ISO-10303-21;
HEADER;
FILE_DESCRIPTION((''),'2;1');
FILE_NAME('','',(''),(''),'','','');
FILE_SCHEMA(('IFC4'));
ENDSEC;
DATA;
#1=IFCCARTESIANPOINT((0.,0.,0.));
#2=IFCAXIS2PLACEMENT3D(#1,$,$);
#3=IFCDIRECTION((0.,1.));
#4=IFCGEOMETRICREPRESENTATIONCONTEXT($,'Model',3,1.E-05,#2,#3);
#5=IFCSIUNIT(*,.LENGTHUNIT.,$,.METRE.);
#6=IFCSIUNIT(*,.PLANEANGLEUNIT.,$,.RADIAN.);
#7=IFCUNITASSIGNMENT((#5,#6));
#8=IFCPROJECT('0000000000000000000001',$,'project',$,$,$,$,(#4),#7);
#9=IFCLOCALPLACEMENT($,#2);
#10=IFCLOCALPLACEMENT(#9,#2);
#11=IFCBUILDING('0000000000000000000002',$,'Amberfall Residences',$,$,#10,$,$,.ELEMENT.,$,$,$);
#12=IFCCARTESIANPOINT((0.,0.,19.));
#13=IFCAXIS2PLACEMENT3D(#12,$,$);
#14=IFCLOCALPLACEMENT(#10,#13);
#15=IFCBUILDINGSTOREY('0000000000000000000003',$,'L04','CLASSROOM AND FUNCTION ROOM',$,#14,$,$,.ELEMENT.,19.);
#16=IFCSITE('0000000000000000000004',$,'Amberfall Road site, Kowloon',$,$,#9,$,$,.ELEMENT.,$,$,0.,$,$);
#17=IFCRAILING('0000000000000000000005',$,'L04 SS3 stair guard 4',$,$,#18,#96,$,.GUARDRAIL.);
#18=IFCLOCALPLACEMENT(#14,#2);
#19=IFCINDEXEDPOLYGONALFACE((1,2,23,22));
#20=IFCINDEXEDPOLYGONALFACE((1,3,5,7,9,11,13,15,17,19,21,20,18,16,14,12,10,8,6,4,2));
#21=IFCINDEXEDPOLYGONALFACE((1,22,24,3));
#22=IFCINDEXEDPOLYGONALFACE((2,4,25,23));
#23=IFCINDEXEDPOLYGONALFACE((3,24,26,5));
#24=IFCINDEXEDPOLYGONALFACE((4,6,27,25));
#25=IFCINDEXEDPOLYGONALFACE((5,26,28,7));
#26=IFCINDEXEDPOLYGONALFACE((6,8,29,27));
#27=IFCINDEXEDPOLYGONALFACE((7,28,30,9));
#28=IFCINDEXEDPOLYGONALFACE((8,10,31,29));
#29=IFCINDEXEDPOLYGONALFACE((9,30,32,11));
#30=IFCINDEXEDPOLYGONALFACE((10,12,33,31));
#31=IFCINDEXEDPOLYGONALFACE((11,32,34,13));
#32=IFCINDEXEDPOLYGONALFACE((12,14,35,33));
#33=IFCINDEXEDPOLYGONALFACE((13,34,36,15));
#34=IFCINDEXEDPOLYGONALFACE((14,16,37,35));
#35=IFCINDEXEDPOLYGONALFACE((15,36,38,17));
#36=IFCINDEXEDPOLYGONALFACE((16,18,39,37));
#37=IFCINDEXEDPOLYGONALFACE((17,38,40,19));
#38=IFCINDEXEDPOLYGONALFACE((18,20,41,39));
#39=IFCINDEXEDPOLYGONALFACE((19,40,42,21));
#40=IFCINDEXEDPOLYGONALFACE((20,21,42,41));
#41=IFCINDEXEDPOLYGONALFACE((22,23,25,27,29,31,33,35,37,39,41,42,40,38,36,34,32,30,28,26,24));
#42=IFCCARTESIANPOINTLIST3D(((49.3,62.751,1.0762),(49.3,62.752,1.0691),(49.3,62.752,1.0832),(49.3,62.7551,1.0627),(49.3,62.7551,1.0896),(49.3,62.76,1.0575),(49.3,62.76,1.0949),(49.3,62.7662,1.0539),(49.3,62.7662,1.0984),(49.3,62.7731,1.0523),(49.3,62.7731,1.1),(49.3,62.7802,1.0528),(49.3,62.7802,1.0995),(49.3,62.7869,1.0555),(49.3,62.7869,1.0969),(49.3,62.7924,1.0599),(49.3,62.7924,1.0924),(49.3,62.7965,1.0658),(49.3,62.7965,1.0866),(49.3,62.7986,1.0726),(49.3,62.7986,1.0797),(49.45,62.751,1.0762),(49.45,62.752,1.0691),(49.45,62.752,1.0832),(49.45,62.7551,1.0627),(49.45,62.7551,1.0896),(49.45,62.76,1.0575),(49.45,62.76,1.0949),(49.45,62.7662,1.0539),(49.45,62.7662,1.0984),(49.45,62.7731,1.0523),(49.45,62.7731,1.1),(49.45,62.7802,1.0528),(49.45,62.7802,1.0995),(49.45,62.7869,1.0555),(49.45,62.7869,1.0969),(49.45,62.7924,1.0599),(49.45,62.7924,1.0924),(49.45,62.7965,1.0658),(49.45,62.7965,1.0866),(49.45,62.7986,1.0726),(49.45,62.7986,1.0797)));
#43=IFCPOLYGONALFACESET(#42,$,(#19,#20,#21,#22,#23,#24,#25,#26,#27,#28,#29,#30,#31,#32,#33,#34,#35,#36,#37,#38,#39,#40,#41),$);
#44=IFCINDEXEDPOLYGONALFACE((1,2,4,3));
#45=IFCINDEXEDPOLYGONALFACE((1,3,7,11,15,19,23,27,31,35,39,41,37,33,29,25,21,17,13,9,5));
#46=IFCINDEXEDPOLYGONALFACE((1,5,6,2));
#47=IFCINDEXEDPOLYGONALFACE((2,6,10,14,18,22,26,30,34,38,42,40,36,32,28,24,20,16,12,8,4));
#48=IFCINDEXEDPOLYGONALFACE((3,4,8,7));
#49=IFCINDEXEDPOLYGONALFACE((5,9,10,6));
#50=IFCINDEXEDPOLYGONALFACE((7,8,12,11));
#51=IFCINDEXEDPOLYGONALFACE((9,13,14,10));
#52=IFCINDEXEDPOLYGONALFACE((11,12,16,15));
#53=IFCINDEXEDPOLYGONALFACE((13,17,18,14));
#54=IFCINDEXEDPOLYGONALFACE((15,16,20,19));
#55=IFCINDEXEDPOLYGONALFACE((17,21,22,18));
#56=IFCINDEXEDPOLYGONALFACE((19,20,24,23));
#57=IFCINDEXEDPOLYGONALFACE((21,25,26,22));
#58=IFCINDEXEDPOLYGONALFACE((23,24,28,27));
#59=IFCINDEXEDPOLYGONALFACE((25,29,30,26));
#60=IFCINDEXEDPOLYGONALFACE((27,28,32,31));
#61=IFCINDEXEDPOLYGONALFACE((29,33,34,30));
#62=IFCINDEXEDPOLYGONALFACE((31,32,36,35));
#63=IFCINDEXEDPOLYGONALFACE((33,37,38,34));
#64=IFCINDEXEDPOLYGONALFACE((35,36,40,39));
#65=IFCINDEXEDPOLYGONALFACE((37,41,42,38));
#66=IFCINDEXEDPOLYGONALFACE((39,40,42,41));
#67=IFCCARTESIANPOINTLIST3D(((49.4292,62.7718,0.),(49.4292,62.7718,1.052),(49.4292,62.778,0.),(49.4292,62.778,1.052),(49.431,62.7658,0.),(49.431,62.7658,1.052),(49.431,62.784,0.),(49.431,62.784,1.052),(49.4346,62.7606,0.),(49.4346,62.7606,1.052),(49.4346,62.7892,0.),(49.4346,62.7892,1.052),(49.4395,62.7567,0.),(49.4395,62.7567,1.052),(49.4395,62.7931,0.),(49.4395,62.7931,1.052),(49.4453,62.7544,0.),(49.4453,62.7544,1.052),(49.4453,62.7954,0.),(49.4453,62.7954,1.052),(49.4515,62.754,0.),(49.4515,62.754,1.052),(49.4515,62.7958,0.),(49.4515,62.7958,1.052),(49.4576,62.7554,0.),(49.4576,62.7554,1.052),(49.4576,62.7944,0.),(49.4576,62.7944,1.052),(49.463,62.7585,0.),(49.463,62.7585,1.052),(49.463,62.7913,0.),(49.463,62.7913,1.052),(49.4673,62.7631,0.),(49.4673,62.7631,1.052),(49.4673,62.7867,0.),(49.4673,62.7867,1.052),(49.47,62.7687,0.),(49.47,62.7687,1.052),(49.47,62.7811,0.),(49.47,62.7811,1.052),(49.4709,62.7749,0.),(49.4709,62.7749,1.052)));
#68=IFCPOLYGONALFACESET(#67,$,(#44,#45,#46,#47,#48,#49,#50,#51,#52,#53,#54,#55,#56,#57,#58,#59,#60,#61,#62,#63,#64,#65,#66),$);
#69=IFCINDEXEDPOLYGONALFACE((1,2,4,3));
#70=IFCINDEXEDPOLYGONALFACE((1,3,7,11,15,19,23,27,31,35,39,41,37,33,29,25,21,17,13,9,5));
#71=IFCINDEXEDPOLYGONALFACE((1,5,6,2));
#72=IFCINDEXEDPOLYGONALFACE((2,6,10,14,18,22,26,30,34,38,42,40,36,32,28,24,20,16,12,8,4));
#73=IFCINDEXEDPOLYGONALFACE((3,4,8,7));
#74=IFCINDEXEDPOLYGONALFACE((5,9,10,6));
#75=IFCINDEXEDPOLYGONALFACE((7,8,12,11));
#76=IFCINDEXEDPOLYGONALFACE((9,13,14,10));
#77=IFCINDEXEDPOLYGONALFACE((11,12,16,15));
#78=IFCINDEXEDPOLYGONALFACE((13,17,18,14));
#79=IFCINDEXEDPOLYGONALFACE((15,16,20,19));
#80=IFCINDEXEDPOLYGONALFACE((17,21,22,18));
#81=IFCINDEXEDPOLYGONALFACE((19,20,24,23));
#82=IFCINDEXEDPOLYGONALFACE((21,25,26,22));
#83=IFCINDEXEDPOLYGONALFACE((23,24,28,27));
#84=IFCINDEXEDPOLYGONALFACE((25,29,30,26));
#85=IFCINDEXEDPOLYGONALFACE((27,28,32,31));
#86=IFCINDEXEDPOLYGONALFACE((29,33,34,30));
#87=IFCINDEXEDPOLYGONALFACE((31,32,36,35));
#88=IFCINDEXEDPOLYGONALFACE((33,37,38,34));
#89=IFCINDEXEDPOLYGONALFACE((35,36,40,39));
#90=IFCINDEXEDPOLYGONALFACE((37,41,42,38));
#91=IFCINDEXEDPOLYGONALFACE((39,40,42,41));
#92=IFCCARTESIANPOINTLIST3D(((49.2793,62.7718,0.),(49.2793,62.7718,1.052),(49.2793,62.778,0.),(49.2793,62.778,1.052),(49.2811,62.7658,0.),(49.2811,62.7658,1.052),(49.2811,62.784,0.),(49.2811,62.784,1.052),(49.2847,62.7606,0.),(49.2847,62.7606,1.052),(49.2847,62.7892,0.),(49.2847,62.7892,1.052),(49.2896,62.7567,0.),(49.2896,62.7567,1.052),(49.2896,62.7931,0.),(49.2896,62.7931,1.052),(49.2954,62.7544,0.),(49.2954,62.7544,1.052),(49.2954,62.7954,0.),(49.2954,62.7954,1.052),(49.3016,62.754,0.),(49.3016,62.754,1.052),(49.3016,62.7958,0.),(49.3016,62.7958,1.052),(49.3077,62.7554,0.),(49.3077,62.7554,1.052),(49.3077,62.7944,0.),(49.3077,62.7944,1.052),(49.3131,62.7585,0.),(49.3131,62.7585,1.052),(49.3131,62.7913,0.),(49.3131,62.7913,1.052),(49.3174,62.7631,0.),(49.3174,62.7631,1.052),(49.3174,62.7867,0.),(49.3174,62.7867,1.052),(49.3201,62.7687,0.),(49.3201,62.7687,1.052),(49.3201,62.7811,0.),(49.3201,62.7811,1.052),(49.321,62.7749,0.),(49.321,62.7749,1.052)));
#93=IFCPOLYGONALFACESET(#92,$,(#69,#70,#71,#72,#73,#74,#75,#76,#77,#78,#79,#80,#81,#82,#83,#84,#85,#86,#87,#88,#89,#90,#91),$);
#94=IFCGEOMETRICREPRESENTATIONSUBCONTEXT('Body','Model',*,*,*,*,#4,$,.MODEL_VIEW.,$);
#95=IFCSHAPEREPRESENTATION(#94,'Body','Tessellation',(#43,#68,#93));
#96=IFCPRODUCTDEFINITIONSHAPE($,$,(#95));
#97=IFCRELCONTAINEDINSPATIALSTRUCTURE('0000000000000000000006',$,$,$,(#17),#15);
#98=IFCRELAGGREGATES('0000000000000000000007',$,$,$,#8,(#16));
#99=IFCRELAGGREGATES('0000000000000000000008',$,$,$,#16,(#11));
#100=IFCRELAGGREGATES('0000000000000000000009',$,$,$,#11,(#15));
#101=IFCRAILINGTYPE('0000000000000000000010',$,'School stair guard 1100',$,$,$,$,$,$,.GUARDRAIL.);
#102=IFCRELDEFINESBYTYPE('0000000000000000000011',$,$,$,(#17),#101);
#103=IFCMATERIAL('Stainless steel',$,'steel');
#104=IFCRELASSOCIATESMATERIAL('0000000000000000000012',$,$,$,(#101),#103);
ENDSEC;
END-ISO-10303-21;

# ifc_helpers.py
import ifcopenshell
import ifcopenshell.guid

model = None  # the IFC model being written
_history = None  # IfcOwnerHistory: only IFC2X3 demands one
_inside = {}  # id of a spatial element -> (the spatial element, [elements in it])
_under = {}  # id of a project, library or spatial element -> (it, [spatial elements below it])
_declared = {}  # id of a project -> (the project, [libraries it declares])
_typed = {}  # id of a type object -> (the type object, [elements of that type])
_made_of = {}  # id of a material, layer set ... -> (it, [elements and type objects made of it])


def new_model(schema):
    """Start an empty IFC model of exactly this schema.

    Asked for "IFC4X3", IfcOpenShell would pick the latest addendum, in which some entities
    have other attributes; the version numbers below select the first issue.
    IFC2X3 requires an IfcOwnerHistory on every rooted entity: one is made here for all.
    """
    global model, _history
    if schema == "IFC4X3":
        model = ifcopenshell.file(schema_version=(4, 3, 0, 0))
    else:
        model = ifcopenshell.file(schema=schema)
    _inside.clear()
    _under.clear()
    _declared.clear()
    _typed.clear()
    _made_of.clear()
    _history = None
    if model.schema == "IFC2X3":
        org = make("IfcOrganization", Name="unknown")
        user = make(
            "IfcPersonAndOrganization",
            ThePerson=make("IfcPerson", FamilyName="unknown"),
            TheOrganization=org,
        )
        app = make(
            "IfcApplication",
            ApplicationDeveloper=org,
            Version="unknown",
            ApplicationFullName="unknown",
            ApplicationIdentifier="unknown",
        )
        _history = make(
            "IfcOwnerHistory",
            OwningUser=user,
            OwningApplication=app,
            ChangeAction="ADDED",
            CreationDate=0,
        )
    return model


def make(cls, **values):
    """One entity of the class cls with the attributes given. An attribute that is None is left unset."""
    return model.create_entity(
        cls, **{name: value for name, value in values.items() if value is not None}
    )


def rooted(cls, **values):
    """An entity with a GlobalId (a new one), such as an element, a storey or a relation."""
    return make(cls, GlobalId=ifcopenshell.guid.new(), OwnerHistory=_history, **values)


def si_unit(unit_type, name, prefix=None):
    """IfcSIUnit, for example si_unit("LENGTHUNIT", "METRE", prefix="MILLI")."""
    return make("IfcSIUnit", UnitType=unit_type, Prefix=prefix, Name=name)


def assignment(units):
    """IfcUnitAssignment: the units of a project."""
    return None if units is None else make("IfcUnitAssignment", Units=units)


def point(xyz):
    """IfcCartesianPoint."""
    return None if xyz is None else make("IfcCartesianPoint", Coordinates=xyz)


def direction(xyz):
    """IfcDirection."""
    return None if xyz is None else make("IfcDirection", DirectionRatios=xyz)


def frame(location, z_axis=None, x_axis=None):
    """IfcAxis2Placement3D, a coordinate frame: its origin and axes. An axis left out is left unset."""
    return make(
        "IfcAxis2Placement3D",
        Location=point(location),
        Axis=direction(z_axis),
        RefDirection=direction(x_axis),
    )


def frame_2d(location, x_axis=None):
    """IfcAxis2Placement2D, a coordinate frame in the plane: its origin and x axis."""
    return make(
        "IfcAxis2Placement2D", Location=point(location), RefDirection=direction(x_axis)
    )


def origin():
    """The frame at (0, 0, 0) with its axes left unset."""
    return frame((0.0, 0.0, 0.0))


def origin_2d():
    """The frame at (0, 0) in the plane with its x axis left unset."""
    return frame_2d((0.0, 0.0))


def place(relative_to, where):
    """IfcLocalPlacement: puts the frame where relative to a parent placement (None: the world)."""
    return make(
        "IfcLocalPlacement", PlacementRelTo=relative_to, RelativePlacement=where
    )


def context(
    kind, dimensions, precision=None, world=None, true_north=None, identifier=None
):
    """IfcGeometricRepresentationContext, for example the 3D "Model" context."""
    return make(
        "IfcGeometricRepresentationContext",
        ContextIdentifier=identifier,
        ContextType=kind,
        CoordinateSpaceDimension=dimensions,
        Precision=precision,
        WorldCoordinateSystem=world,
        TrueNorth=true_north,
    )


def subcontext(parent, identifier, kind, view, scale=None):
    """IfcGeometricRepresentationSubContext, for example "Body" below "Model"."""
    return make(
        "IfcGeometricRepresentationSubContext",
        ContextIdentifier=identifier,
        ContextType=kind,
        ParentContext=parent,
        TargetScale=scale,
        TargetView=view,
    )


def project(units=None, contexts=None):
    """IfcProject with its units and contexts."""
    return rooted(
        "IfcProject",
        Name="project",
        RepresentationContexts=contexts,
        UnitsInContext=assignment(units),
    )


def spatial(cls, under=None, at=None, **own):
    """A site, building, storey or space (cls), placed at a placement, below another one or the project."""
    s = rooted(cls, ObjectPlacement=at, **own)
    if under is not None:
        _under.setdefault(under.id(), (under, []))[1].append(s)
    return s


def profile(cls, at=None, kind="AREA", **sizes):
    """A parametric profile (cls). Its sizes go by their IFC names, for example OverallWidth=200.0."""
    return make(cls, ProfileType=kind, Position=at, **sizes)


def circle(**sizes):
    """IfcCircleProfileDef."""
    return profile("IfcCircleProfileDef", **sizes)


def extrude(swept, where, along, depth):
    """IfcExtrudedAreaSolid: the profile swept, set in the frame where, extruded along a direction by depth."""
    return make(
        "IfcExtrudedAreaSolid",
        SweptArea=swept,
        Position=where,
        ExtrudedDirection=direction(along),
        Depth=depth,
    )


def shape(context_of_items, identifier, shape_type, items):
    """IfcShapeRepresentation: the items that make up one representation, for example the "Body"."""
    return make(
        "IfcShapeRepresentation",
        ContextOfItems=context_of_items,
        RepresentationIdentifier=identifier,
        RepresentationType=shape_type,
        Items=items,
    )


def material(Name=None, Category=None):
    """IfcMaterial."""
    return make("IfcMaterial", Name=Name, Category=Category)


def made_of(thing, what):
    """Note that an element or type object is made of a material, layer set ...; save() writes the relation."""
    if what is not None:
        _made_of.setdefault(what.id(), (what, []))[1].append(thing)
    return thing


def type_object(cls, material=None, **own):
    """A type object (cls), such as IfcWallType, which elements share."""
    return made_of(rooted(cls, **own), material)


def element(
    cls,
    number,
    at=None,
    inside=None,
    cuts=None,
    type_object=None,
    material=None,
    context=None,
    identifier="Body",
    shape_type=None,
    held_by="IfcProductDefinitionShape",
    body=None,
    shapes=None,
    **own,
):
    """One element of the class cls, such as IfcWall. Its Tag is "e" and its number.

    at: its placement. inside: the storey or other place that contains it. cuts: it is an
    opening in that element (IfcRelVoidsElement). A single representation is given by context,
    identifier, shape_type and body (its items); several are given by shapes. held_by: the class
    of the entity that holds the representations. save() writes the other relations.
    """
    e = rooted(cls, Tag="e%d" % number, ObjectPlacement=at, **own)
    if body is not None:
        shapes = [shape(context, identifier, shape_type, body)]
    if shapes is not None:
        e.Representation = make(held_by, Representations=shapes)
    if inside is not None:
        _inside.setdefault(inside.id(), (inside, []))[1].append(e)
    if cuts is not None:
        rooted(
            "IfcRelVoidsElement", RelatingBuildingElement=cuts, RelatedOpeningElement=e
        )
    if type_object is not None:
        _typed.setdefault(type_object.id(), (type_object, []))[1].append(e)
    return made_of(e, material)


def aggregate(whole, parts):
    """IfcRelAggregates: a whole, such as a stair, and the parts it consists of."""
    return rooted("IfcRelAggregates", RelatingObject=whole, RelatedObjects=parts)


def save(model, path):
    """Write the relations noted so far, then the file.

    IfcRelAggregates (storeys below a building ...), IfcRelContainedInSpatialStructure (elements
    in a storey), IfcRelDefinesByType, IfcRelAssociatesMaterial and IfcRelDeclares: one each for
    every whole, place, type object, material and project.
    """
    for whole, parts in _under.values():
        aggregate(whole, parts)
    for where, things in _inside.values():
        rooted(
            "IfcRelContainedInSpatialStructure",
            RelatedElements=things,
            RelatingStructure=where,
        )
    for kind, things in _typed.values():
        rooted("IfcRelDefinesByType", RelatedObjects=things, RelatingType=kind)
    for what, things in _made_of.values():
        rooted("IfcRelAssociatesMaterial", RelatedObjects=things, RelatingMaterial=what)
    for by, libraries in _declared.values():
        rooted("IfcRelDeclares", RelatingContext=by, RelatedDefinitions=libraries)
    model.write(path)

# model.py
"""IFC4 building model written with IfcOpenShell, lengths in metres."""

from ifc_helpers import new_model, si_unit, direction, frame, origin, origin_2d, place, context, subcontext, project, spatial, circle, extrude, material, type_object, element, save


model = new_model("IFC4")

# Units and contexts
model_context = context("Model", 3, precision=1e-05, world=origin(), true_north=direction((0.0, 1.0)))
body_context = subcontext(model_context, "Body", "Model", "MODEL_VIEW")
ifc_project = project(units=[si_unit("LENGTHUNIT", "METRE"), si_unit("PLANEANGLEUNIT", "RADIAN")], contexts=[model_context])

# Site, building, storey
site_placement = place(None, origin())
site = spatial("IfcSite", under=ifc_project, at=site_placement, Name="Amberfall Road site, Kowloon", CompositionType="ELEMENT", RefElevation=0.0)
building_placement = place(site_placement, origin())
building = spatial("IfcBuilding", under=site, at=building_placement, Name="Amberfall Residences", CompositionType="ELEMENT")
storey_placement = place(building_placement, frame((0.0, 0.0, 19.0)))
storey = spatial("IfcBuildingStorey", under=building, at=storey_placement, Name="L04", Description="CLASSROOM AND FUNCTION ROOM", CompositionType="ELEMENT", Elevation=19.0)

# Railing
ifc_material_1 = material(Name="Stainless steel", Category="steel")
railing_type_1 = type_object("IfcRailingType", Name="School stair guard 1100", PredefinedType="GUARDRAIL", material=ifc_material_1)
railing_1_placement = place(storey_placement, frame((49.45, 62.7749, 0.0)))
element("IfcRailing", 1, at=railing_1_placement, inside=storey, type_object=railing_type_1, Name="L04 SS3 stair guard 4", PredefinedType="GUARDRAIL", context=body_context, shape_type="SweptSolid", body=[
    extrude(circle(Radius=0.0239, at=origin_2d()), frame((0.0, 0.0, 1.0762), z_axis=(-1.0, 0.0, 0.0), x_axis=(0.0, -1.0, 0.0)), (0.0, 0.0, 1.0), 0.1499),
    extrude(circle(Radius=0.021, at=origin_2d()), origin(), (0.0, 0.0, 1.0), 1.052),
    extrude(circle(Radius=0.021, at=origin_2d()), frame((-0.1499, 0.0, 0.0)), (0.0, 0.0, 1.0), 1.052),
])

save(model, "model.ifc")
